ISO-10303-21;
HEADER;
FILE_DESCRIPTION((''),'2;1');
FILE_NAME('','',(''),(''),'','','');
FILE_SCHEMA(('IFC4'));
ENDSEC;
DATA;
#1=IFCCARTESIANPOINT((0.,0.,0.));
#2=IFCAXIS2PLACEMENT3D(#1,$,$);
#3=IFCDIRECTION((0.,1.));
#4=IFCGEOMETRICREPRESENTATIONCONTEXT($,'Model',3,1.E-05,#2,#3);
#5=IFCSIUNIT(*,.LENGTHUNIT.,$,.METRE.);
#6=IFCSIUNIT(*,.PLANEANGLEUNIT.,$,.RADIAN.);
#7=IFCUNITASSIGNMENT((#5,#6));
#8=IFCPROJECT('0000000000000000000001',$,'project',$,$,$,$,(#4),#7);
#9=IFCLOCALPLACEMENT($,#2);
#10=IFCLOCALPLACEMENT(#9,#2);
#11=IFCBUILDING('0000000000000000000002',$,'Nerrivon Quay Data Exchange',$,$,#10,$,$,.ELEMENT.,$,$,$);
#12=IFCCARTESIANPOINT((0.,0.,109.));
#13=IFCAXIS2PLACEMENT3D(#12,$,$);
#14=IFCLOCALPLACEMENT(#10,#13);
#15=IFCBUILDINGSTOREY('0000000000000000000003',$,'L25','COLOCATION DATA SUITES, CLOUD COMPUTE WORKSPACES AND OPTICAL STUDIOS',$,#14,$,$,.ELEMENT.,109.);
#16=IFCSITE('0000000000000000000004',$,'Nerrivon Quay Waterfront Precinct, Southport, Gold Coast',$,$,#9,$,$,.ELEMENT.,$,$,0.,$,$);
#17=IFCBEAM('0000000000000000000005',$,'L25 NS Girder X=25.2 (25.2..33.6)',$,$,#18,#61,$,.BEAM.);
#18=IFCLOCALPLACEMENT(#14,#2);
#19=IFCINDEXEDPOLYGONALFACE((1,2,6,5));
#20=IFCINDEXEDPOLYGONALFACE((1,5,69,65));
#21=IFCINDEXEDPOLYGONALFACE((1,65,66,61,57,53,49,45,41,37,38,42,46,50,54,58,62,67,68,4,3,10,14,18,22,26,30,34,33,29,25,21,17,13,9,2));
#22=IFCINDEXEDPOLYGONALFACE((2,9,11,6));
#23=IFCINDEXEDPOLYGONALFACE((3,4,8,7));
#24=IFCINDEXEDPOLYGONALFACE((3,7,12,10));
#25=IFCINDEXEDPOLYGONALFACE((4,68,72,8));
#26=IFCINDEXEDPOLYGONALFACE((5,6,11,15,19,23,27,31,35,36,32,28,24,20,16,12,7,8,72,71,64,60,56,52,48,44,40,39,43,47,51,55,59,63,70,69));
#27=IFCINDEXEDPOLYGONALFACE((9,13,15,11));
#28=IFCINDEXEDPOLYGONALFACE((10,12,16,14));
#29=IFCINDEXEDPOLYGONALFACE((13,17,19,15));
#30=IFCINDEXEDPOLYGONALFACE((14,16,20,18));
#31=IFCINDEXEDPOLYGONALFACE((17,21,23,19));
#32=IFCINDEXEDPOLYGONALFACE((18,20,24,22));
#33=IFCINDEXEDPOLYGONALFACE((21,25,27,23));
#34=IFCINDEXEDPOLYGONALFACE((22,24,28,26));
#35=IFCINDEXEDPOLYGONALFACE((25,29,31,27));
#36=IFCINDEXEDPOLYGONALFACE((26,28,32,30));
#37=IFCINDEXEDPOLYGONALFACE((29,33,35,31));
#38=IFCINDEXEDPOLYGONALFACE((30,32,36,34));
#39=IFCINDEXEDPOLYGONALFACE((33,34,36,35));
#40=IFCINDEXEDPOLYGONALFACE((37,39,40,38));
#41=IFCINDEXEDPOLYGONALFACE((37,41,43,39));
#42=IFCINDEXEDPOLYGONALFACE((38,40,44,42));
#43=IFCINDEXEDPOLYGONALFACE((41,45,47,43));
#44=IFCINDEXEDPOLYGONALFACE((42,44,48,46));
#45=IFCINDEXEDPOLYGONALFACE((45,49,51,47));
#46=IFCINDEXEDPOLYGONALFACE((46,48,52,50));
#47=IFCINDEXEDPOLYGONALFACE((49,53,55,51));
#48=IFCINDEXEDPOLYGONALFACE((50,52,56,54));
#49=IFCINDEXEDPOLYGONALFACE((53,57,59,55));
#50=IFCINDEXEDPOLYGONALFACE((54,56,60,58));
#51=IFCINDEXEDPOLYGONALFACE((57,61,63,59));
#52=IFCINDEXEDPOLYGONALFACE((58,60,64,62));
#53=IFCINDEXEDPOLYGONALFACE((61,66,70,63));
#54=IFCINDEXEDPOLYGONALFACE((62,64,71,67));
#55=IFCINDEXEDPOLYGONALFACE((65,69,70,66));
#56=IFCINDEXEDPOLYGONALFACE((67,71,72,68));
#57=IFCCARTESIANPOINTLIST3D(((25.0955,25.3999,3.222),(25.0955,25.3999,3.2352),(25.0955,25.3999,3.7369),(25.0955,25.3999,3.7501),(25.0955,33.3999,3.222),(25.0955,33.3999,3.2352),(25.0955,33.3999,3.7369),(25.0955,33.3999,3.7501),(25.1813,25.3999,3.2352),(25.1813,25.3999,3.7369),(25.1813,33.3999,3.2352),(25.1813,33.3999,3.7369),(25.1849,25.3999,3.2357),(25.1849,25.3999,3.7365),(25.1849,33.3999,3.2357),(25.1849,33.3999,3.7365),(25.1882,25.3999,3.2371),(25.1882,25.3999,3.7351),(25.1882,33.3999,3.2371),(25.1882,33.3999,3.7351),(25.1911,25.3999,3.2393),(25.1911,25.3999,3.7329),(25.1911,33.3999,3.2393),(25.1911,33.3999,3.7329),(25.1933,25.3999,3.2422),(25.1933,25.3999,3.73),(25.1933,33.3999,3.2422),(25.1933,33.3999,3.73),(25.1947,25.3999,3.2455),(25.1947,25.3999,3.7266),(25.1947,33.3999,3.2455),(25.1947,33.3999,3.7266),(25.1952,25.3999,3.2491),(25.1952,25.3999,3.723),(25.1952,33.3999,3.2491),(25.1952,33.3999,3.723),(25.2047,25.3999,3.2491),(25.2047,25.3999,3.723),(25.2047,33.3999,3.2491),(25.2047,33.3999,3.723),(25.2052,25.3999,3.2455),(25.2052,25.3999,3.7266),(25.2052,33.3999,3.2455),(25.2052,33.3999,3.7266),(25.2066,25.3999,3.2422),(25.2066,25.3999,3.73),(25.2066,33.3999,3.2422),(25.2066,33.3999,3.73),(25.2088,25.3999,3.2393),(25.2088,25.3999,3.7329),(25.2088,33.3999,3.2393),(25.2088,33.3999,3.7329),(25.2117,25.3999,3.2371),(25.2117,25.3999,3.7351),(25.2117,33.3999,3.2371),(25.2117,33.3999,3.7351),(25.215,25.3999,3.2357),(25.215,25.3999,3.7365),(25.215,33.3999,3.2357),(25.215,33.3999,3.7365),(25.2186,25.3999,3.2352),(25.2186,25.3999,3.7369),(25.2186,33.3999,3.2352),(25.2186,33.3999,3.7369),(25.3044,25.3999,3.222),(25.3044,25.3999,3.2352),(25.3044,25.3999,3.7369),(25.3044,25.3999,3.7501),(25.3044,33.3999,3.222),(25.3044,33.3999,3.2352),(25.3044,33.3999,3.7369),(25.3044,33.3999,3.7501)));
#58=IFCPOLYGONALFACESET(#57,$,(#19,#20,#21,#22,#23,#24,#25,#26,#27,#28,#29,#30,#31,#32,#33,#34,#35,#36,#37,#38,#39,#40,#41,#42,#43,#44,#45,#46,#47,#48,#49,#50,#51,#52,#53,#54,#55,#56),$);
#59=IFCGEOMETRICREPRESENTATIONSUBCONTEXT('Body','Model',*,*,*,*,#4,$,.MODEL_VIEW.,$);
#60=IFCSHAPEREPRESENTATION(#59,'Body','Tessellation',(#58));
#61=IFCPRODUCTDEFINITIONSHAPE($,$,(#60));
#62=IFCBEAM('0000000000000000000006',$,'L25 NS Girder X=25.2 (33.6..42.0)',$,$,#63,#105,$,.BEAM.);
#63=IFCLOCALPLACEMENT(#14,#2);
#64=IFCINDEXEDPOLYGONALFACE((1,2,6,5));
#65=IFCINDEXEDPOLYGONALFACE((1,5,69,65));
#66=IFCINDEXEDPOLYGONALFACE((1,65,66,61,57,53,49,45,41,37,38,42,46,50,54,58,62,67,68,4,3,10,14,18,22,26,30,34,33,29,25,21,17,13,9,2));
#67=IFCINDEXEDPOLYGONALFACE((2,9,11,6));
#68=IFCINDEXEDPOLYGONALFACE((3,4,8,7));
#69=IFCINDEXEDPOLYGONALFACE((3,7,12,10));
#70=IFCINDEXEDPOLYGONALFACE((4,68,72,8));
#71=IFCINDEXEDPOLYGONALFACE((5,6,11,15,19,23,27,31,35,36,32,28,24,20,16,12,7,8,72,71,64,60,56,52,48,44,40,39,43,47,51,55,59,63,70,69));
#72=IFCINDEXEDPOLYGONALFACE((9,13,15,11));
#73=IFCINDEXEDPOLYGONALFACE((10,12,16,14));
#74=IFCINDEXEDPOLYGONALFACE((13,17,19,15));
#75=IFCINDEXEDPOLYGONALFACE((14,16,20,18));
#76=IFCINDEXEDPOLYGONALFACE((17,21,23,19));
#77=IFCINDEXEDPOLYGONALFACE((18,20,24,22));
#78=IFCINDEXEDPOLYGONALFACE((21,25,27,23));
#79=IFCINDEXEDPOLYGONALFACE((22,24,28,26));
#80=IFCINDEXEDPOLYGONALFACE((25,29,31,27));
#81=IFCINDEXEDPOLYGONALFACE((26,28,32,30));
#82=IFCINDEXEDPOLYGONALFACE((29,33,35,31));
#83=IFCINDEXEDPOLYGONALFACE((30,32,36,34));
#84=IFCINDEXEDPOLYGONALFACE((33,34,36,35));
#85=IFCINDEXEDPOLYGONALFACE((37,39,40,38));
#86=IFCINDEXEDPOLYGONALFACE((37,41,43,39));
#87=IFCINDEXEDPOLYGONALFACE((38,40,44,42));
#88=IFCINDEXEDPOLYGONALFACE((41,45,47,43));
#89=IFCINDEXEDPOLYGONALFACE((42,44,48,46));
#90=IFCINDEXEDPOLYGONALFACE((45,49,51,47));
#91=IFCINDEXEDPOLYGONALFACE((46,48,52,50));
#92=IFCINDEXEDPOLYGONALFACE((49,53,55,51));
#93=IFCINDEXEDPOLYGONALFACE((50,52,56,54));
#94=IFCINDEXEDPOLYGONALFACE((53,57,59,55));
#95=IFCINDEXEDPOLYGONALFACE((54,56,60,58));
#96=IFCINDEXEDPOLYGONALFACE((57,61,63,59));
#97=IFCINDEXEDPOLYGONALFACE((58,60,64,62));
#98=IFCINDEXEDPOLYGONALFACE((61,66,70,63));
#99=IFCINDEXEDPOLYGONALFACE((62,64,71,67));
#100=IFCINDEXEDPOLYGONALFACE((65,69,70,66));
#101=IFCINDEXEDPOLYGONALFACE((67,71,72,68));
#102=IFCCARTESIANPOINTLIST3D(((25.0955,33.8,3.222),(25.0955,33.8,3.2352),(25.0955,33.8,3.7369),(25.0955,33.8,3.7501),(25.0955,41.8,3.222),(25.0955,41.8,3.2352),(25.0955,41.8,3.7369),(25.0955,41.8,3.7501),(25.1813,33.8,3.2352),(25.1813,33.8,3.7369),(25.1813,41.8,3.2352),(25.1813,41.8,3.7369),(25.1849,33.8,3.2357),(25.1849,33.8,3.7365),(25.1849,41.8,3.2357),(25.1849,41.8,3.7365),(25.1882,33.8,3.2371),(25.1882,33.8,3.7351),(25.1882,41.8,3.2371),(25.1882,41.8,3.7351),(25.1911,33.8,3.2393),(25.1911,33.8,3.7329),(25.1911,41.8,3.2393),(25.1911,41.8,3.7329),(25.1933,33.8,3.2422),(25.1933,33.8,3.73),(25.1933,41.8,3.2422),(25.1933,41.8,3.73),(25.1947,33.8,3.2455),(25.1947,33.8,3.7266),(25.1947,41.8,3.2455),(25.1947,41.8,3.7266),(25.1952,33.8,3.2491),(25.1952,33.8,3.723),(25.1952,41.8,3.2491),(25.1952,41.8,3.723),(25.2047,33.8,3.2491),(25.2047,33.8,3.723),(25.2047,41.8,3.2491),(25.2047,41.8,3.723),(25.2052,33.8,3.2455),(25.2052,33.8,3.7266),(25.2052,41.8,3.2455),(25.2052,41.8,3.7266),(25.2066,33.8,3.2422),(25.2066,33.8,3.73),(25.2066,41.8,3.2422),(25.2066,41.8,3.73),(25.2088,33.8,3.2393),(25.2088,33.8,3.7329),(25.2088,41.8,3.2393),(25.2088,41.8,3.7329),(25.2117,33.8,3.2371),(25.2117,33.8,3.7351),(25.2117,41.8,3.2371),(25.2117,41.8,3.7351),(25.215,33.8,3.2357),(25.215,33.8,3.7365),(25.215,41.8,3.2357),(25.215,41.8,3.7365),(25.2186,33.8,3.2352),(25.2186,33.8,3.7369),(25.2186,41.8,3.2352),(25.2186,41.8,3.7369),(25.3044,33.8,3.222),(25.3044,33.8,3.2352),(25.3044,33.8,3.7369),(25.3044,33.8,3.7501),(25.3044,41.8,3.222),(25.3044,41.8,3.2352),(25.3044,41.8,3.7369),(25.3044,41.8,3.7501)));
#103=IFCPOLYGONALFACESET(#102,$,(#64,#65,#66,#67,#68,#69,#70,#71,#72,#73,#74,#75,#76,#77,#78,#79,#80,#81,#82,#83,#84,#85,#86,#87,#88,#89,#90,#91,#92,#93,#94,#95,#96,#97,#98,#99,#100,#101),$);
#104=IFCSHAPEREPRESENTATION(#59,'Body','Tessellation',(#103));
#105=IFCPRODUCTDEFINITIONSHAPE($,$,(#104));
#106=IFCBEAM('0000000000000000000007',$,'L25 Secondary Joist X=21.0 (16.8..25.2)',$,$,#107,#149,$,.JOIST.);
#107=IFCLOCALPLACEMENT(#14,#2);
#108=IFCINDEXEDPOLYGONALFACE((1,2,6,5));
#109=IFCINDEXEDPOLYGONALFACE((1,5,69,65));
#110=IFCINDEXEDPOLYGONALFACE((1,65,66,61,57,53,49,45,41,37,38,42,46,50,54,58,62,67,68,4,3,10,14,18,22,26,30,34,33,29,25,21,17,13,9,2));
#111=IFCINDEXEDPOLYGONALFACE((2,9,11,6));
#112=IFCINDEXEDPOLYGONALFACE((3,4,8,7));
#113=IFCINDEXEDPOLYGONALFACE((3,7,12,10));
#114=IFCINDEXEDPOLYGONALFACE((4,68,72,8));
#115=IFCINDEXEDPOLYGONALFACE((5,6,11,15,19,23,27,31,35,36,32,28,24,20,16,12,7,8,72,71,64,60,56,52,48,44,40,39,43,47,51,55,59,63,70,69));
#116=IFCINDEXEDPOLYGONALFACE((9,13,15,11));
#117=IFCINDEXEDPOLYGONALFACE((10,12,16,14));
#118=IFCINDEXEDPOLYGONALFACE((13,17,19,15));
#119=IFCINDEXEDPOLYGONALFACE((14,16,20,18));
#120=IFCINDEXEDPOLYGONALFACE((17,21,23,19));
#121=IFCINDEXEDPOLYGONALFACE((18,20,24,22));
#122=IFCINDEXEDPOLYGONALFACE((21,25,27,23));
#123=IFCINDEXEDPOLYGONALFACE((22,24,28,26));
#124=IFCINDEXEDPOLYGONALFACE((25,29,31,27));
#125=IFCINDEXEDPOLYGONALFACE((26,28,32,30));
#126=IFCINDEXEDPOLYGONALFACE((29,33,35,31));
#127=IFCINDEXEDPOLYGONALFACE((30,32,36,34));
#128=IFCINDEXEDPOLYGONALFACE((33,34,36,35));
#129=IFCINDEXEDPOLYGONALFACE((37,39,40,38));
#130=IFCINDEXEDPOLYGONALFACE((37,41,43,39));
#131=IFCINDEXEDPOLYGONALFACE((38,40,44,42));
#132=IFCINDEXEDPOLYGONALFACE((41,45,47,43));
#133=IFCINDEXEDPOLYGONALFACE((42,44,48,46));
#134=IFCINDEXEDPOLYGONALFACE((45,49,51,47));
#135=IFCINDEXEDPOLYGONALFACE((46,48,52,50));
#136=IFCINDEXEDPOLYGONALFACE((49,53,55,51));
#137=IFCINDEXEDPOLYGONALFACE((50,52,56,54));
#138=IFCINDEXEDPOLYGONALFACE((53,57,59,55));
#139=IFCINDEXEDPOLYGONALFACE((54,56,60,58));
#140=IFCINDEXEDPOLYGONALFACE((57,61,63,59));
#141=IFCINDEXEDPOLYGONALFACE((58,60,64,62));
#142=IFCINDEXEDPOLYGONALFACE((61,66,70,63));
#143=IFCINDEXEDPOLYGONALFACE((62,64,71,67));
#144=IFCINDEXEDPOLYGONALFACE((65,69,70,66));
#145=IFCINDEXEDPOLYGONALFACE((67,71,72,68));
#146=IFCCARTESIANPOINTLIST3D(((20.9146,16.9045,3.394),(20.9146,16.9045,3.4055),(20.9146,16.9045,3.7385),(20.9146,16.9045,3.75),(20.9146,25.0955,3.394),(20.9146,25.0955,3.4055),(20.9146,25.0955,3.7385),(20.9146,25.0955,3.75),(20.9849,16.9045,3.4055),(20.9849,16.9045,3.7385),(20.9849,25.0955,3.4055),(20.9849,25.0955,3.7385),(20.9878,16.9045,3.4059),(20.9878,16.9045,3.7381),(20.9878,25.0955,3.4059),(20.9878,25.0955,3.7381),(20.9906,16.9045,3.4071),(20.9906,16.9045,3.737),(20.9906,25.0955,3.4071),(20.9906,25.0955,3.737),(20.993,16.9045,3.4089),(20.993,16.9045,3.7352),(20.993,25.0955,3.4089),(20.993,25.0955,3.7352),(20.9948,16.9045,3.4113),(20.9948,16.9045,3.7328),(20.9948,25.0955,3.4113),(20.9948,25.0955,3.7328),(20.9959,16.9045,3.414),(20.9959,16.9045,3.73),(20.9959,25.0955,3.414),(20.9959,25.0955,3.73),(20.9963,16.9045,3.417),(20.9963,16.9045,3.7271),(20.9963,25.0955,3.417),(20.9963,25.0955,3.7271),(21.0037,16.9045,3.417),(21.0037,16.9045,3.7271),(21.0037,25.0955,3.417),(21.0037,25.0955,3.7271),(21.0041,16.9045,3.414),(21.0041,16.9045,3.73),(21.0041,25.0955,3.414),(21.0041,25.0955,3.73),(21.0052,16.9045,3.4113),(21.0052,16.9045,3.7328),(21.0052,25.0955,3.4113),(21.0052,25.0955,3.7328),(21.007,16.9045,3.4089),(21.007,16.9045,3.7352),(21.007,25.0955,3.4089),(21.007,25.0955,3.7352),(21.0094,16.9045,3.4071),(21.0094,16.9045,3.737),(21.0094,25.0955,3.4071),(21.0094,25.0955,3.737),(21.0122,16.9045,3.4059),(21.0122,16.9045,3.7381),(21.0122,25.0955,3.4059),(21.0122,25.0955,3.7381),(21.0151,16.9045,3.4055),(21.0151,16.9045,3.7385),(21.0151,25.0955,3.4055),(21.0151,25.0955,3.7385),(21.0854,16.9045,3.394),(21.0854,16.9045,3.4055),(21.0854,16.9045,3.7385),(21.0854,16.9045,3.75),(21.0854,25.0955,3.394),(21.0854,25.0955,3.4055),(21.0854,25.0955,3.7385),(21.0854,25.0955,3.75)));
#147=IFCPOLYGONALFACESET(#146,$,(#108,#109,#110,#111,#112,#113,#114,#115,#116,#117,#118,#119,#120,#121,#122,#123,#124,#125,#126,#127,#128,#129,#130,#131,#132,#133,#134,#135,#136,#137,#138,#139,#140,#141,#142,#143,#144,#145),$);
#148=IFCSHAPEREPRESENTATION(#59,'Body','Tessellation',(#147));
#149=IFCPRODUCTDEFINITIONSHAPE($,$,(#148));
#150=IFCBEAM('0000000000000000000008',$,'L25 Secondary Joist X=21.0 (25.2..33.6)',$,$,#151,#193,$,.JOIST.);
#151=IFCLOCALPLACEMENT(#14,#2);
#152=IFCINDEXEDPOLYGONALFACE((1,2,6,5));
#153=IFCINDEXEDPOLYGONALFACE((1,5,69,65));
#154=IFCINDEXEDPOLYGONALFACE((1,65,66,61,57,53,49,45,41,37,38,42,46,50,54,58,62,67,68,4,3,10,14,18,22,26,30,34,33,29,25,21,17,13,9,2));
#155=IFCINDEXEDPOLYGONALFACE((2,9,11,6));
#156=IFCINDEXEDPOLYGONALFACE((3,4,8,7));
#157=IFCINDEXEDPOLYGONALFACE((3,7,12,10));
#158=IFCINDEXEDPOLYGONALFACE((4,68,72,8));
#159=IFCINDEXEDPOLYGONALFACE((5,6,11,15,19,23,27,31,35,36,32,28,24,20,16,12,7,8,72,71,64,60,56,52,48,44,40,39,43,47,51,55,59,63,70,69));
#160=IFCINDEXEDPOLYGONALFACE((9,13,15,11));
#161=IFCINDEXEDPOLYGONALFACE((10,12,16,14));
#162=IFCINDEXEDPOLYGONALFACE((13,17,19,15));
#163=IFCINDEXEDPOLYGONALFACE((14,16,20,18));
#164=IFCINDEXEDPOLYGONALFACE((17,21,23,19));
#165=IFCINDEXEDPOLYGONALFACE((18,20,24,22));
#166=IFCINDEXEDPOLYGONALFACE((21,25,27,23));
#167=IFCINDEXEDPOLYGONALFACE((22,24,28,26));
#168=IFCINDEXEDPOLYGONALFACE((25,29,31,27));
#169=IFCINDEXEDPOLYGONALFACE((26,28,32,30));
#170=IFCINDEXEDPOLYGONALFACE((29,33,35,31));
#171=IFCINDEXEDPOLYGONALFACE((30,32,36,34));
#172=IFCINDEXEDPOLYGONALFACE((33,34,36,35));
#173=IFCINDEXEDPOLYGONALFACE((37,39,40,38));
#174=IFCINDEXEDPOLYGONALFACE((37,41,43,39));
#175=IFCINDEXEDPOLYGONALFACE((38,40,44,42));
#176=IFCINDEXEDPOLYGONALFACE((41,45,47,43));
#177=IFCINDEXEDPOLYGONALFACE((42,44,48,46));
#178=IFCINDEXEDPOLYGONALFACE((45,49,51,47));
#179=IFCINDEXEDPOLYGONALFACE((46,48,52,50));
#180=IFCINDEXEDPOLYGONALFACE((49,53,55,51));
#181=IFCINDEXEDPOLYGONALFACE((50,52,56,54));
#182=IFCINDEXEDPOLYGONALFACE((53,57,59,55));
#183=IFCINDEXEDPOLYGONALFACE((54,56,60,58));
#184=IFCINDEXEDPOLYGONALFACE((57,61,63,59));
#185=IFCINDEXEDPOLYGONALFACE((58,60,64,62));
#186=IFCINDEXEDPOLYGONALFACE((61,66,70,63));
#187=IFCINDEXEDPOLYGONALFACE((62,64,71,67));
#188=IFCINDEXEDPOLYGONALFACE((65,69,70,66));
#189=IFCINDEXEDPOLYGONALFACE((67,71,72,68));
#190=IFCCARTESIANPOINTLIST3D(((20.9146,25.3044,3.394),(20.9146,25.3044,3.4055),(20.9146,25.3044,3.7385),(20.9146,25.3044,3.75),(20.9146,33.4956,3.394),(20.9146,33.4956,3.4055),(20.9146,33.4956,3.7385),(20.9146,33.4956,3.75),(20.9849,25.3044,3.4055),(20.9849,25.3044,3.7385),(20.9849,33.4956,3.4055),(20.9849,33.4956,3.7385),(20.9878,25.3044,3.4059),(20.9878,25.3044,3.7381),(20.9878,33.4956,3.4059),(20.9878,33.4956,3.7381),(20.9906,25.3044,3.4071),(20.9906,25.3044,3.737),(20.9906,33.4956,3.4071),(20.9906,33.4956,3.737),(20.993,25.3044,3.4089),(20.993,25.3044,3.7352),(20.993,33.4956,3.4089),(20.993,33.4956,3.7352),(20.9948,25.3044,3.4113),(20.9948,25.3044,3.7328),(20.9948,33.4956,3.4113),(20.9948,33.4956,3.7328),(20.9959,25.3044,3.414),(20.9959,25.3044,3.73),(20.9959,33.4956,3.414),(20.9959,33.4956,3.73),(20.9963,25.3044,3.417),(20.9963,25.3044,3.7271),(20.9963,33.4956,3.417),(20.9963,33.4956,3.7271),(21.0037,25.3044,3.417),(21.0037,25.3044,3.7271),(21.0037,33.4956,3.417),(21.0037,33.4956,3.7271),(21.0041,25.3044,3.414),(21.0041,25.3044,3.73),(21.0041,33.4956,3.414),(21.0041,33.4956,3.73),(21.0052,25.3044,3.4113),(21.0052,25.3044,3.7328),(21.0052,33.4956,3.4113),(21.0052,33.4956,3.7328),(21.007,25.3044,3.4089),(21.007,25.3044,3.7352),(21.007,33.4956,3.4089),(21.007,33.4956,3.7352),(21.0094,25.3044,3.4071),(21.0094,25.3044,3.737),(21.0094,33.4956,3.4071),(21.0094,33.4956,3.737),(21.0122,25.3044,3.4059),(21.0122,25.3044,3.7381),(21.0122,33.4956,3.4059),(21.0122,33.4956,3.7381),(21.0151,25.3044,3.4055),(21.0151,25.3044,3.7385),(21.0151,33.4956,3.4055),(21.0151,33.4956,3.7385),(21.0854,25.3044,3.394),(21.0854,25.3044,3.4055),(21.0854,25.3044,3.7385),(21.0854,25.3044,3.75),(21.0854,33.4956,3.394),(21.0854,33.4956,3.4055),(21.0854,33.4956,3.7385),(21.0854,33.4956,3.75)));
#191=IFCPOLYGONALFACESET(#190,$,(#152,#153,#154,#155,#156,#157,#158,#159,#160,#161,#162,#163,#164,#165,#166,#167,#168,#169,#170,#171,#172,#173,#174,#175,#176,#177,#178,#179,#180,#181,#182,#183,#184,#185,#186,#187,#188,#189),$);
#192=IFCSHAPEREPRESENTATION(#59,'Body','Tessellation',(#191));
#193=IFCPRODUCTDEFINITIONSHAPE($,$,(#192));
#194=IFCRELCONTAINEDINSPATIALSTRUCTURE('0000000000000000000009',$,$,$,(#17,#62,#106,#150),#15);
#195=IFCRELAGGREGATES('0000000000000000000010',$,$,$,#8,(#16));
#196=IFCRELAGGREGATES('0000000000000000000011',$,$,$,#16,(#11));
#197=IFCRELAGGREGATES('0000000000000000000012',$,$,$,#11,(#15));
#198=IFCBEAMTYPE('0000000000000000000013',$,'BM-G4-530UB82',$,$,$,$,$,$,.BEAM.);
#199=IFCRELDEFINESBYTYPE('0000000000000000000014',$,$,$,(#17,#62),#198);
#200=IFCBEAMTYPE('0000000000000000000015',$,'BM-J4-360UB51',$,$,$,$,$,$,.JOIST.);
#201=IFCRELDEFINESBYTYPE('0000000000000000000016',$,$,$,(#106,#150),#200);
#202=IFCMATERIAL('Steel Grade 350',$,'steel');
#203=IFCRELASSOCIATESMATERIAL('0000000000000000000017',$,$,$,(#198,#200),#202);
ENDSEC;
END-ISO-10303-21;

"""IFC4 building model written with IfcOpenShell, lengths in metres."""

from ifc_helpers import new_model, si_unit, direction, frame, origin, origin_2d, place, context, subcontext, project, spatial, i_section, extrude, material, material_profile, profile_set, type_object, element, save


model = new_model("IFC4")

# Units and contexts
model_context = context("Model", 3, precision=1e-05, world=origin(), true_north=direction((0.0, 1.0)))
body_context = subcontext(model_context, "Body", "Model", "MODEL_VIEW")
ifc_project = project(units=[si_unit("LENGTHUNIT", "METRE"), si_unit("PLANEANGLEUNIT", "RADIAN")], contexts=[model_context])

# Site, building, storey
site_placement = place(None, origin())
site = spatial("IfcSite", under=ifc_project, at=site_placement, Name="Nerrivon Quay Waterfront Precinct, Southport, Gold Coast", CompositionType="ELEMENT", RefElevation=0.0)
building_placement = place(site_placement, origin())
building = spatial("IfcBuilding", under=site, at=building_placement, Name="Nerrivon Quay Data Exchange", CompositionType="ELEMENT")
storey_placement = place(building_placement, frame((0.0, 0.0, 109.0)))
storey = spatial("IfcBuildingStorey", under=building, at=storey_placement, Name="L25", Description="COLOCATION DATA SUITES, CLOUD COMPUTE WORKSPACES AND OPTICAL STUDIOS", CompositionType="ELEMENT", Elevation=109.0)

# Shared definitions
ifc_material_1 = material(Name="Steel Grade 350", Category="steel")

# Beams
ifc_material_profile_1 = material_profile(ifc_material_1, i_section(OverallWidth=0.209, OverallDepth=0.5281, WebThickness=0.0095, FlangeThickness=0.0132, FilletRadius=0.0139, at=origin_2d()), Name="530UB82.0")
ifc_profile_set_1 = profile_set([ifc_material_profile_1], Name="Steel Grade 350")
beam_type_1 = type_object("IfcBeamType", Name="BM-G4-530UB82", PredefinedType="BEAM", material=ifc_profile_set_1)
for number, where, z_axis, x_axis, name in (
    (1, (25.2, 25.3999, 3.4861), (0.0, 1.0, 0.0), (-1.0, 0.0, 0.0), "L25 NS Girder X=25.2 (25.2..33.6)"),
    (2, (25.2, 33.8, 3.4861), (0.0, 1.0, 0.0), (-1.0, 0.0, 0.0), "L25 NS Girder X=25.2 (33.6..42.0)"),
):
    element("IfcBeam", number, at=place(storey_placement, frame(where, z_axis=z_axis, x_axis=x_axis)), inside=storey, type_object=beam_type_1, Name=name, PredefinedType="BEAM", context=body_context, shape_type="SweptSolid", body=[
        extrude(i_section(OverallWidth=0.209, OverallDepth=0.5281, WebThickness=0.0095, FlangeThickness=0.0132, FilletRadius=0.0139, at=origin_2d()), origin(), (0.0, 0.0, 1.0), 8.0),
    ])
ifc_material_profile_2 = material_profile(ifc_material_1, i_section(OverallWidth=0.1709, OverallDepth=0.356, WebThickness=0.0073, FlangeThickness=0.0115, FilletRadius=0.0115, at=origin_2d()), Name="360UB50.7")
ifc_profile_set_2 = profile_set([ifc_material_profile_2], Name="Steel Grade 350")
beam_type_2 = type_object("IfcBeamType", Name="BM-J4-360UB51", PredefinedType="JOIST", material=ifc_profile_set_2)
beam_1_placement = place(storey_placement, frame((21.0, 16.9045, 3.572), z_axis=(0.0, 1.0, 0.0), x_axis=(-1.0, 0.0, 0.0)))
element("IfcBeam", 3, at=beam_1_placement, inside=storey, type_object=beam_type_2, Name="L25 Secondary Joist X=21.0 (16.8..25.2)", PredefinedType="JOIST", context=body_context, shape_type="SweptSolid", body=[
    extrude(i_section(OverallWidth=0.1709, OverallDepth=0.356, WebThickness=0.0073, FlangeThickness=0.0115, FilletRadius=0.0115, at=origin_2d()), origin(), (0.0, 0.0, 1.0), 8.1909),
])
beam_2_placement = place(storey_placement, frame((21.0, 25.3044, 3.572), z_axis=(0.0, 1.0, 0.0), x_axis=(-1.0, 0.0, 0.0)))
element("IfcBeam", 4, at=beam_2_placement, inside=storey, type_object=beam_type_2, Name="L25 Secondary Joist X=21.0 (25.2..33.6)", PredefinedType="JOIST", context=body_context, shape_type="SweptSolid", body=[
    extrude(i_section(OverallWidth=0.1709, OverallDepth=0.356, WebThickness=0.0073, FlangeThickness=0.0115, FilletRadius=0.0115, at=origin_2d()), origin(), (0.0, 0.0, 1.0), 8.1912),
])

save(model, "model.ifc")
